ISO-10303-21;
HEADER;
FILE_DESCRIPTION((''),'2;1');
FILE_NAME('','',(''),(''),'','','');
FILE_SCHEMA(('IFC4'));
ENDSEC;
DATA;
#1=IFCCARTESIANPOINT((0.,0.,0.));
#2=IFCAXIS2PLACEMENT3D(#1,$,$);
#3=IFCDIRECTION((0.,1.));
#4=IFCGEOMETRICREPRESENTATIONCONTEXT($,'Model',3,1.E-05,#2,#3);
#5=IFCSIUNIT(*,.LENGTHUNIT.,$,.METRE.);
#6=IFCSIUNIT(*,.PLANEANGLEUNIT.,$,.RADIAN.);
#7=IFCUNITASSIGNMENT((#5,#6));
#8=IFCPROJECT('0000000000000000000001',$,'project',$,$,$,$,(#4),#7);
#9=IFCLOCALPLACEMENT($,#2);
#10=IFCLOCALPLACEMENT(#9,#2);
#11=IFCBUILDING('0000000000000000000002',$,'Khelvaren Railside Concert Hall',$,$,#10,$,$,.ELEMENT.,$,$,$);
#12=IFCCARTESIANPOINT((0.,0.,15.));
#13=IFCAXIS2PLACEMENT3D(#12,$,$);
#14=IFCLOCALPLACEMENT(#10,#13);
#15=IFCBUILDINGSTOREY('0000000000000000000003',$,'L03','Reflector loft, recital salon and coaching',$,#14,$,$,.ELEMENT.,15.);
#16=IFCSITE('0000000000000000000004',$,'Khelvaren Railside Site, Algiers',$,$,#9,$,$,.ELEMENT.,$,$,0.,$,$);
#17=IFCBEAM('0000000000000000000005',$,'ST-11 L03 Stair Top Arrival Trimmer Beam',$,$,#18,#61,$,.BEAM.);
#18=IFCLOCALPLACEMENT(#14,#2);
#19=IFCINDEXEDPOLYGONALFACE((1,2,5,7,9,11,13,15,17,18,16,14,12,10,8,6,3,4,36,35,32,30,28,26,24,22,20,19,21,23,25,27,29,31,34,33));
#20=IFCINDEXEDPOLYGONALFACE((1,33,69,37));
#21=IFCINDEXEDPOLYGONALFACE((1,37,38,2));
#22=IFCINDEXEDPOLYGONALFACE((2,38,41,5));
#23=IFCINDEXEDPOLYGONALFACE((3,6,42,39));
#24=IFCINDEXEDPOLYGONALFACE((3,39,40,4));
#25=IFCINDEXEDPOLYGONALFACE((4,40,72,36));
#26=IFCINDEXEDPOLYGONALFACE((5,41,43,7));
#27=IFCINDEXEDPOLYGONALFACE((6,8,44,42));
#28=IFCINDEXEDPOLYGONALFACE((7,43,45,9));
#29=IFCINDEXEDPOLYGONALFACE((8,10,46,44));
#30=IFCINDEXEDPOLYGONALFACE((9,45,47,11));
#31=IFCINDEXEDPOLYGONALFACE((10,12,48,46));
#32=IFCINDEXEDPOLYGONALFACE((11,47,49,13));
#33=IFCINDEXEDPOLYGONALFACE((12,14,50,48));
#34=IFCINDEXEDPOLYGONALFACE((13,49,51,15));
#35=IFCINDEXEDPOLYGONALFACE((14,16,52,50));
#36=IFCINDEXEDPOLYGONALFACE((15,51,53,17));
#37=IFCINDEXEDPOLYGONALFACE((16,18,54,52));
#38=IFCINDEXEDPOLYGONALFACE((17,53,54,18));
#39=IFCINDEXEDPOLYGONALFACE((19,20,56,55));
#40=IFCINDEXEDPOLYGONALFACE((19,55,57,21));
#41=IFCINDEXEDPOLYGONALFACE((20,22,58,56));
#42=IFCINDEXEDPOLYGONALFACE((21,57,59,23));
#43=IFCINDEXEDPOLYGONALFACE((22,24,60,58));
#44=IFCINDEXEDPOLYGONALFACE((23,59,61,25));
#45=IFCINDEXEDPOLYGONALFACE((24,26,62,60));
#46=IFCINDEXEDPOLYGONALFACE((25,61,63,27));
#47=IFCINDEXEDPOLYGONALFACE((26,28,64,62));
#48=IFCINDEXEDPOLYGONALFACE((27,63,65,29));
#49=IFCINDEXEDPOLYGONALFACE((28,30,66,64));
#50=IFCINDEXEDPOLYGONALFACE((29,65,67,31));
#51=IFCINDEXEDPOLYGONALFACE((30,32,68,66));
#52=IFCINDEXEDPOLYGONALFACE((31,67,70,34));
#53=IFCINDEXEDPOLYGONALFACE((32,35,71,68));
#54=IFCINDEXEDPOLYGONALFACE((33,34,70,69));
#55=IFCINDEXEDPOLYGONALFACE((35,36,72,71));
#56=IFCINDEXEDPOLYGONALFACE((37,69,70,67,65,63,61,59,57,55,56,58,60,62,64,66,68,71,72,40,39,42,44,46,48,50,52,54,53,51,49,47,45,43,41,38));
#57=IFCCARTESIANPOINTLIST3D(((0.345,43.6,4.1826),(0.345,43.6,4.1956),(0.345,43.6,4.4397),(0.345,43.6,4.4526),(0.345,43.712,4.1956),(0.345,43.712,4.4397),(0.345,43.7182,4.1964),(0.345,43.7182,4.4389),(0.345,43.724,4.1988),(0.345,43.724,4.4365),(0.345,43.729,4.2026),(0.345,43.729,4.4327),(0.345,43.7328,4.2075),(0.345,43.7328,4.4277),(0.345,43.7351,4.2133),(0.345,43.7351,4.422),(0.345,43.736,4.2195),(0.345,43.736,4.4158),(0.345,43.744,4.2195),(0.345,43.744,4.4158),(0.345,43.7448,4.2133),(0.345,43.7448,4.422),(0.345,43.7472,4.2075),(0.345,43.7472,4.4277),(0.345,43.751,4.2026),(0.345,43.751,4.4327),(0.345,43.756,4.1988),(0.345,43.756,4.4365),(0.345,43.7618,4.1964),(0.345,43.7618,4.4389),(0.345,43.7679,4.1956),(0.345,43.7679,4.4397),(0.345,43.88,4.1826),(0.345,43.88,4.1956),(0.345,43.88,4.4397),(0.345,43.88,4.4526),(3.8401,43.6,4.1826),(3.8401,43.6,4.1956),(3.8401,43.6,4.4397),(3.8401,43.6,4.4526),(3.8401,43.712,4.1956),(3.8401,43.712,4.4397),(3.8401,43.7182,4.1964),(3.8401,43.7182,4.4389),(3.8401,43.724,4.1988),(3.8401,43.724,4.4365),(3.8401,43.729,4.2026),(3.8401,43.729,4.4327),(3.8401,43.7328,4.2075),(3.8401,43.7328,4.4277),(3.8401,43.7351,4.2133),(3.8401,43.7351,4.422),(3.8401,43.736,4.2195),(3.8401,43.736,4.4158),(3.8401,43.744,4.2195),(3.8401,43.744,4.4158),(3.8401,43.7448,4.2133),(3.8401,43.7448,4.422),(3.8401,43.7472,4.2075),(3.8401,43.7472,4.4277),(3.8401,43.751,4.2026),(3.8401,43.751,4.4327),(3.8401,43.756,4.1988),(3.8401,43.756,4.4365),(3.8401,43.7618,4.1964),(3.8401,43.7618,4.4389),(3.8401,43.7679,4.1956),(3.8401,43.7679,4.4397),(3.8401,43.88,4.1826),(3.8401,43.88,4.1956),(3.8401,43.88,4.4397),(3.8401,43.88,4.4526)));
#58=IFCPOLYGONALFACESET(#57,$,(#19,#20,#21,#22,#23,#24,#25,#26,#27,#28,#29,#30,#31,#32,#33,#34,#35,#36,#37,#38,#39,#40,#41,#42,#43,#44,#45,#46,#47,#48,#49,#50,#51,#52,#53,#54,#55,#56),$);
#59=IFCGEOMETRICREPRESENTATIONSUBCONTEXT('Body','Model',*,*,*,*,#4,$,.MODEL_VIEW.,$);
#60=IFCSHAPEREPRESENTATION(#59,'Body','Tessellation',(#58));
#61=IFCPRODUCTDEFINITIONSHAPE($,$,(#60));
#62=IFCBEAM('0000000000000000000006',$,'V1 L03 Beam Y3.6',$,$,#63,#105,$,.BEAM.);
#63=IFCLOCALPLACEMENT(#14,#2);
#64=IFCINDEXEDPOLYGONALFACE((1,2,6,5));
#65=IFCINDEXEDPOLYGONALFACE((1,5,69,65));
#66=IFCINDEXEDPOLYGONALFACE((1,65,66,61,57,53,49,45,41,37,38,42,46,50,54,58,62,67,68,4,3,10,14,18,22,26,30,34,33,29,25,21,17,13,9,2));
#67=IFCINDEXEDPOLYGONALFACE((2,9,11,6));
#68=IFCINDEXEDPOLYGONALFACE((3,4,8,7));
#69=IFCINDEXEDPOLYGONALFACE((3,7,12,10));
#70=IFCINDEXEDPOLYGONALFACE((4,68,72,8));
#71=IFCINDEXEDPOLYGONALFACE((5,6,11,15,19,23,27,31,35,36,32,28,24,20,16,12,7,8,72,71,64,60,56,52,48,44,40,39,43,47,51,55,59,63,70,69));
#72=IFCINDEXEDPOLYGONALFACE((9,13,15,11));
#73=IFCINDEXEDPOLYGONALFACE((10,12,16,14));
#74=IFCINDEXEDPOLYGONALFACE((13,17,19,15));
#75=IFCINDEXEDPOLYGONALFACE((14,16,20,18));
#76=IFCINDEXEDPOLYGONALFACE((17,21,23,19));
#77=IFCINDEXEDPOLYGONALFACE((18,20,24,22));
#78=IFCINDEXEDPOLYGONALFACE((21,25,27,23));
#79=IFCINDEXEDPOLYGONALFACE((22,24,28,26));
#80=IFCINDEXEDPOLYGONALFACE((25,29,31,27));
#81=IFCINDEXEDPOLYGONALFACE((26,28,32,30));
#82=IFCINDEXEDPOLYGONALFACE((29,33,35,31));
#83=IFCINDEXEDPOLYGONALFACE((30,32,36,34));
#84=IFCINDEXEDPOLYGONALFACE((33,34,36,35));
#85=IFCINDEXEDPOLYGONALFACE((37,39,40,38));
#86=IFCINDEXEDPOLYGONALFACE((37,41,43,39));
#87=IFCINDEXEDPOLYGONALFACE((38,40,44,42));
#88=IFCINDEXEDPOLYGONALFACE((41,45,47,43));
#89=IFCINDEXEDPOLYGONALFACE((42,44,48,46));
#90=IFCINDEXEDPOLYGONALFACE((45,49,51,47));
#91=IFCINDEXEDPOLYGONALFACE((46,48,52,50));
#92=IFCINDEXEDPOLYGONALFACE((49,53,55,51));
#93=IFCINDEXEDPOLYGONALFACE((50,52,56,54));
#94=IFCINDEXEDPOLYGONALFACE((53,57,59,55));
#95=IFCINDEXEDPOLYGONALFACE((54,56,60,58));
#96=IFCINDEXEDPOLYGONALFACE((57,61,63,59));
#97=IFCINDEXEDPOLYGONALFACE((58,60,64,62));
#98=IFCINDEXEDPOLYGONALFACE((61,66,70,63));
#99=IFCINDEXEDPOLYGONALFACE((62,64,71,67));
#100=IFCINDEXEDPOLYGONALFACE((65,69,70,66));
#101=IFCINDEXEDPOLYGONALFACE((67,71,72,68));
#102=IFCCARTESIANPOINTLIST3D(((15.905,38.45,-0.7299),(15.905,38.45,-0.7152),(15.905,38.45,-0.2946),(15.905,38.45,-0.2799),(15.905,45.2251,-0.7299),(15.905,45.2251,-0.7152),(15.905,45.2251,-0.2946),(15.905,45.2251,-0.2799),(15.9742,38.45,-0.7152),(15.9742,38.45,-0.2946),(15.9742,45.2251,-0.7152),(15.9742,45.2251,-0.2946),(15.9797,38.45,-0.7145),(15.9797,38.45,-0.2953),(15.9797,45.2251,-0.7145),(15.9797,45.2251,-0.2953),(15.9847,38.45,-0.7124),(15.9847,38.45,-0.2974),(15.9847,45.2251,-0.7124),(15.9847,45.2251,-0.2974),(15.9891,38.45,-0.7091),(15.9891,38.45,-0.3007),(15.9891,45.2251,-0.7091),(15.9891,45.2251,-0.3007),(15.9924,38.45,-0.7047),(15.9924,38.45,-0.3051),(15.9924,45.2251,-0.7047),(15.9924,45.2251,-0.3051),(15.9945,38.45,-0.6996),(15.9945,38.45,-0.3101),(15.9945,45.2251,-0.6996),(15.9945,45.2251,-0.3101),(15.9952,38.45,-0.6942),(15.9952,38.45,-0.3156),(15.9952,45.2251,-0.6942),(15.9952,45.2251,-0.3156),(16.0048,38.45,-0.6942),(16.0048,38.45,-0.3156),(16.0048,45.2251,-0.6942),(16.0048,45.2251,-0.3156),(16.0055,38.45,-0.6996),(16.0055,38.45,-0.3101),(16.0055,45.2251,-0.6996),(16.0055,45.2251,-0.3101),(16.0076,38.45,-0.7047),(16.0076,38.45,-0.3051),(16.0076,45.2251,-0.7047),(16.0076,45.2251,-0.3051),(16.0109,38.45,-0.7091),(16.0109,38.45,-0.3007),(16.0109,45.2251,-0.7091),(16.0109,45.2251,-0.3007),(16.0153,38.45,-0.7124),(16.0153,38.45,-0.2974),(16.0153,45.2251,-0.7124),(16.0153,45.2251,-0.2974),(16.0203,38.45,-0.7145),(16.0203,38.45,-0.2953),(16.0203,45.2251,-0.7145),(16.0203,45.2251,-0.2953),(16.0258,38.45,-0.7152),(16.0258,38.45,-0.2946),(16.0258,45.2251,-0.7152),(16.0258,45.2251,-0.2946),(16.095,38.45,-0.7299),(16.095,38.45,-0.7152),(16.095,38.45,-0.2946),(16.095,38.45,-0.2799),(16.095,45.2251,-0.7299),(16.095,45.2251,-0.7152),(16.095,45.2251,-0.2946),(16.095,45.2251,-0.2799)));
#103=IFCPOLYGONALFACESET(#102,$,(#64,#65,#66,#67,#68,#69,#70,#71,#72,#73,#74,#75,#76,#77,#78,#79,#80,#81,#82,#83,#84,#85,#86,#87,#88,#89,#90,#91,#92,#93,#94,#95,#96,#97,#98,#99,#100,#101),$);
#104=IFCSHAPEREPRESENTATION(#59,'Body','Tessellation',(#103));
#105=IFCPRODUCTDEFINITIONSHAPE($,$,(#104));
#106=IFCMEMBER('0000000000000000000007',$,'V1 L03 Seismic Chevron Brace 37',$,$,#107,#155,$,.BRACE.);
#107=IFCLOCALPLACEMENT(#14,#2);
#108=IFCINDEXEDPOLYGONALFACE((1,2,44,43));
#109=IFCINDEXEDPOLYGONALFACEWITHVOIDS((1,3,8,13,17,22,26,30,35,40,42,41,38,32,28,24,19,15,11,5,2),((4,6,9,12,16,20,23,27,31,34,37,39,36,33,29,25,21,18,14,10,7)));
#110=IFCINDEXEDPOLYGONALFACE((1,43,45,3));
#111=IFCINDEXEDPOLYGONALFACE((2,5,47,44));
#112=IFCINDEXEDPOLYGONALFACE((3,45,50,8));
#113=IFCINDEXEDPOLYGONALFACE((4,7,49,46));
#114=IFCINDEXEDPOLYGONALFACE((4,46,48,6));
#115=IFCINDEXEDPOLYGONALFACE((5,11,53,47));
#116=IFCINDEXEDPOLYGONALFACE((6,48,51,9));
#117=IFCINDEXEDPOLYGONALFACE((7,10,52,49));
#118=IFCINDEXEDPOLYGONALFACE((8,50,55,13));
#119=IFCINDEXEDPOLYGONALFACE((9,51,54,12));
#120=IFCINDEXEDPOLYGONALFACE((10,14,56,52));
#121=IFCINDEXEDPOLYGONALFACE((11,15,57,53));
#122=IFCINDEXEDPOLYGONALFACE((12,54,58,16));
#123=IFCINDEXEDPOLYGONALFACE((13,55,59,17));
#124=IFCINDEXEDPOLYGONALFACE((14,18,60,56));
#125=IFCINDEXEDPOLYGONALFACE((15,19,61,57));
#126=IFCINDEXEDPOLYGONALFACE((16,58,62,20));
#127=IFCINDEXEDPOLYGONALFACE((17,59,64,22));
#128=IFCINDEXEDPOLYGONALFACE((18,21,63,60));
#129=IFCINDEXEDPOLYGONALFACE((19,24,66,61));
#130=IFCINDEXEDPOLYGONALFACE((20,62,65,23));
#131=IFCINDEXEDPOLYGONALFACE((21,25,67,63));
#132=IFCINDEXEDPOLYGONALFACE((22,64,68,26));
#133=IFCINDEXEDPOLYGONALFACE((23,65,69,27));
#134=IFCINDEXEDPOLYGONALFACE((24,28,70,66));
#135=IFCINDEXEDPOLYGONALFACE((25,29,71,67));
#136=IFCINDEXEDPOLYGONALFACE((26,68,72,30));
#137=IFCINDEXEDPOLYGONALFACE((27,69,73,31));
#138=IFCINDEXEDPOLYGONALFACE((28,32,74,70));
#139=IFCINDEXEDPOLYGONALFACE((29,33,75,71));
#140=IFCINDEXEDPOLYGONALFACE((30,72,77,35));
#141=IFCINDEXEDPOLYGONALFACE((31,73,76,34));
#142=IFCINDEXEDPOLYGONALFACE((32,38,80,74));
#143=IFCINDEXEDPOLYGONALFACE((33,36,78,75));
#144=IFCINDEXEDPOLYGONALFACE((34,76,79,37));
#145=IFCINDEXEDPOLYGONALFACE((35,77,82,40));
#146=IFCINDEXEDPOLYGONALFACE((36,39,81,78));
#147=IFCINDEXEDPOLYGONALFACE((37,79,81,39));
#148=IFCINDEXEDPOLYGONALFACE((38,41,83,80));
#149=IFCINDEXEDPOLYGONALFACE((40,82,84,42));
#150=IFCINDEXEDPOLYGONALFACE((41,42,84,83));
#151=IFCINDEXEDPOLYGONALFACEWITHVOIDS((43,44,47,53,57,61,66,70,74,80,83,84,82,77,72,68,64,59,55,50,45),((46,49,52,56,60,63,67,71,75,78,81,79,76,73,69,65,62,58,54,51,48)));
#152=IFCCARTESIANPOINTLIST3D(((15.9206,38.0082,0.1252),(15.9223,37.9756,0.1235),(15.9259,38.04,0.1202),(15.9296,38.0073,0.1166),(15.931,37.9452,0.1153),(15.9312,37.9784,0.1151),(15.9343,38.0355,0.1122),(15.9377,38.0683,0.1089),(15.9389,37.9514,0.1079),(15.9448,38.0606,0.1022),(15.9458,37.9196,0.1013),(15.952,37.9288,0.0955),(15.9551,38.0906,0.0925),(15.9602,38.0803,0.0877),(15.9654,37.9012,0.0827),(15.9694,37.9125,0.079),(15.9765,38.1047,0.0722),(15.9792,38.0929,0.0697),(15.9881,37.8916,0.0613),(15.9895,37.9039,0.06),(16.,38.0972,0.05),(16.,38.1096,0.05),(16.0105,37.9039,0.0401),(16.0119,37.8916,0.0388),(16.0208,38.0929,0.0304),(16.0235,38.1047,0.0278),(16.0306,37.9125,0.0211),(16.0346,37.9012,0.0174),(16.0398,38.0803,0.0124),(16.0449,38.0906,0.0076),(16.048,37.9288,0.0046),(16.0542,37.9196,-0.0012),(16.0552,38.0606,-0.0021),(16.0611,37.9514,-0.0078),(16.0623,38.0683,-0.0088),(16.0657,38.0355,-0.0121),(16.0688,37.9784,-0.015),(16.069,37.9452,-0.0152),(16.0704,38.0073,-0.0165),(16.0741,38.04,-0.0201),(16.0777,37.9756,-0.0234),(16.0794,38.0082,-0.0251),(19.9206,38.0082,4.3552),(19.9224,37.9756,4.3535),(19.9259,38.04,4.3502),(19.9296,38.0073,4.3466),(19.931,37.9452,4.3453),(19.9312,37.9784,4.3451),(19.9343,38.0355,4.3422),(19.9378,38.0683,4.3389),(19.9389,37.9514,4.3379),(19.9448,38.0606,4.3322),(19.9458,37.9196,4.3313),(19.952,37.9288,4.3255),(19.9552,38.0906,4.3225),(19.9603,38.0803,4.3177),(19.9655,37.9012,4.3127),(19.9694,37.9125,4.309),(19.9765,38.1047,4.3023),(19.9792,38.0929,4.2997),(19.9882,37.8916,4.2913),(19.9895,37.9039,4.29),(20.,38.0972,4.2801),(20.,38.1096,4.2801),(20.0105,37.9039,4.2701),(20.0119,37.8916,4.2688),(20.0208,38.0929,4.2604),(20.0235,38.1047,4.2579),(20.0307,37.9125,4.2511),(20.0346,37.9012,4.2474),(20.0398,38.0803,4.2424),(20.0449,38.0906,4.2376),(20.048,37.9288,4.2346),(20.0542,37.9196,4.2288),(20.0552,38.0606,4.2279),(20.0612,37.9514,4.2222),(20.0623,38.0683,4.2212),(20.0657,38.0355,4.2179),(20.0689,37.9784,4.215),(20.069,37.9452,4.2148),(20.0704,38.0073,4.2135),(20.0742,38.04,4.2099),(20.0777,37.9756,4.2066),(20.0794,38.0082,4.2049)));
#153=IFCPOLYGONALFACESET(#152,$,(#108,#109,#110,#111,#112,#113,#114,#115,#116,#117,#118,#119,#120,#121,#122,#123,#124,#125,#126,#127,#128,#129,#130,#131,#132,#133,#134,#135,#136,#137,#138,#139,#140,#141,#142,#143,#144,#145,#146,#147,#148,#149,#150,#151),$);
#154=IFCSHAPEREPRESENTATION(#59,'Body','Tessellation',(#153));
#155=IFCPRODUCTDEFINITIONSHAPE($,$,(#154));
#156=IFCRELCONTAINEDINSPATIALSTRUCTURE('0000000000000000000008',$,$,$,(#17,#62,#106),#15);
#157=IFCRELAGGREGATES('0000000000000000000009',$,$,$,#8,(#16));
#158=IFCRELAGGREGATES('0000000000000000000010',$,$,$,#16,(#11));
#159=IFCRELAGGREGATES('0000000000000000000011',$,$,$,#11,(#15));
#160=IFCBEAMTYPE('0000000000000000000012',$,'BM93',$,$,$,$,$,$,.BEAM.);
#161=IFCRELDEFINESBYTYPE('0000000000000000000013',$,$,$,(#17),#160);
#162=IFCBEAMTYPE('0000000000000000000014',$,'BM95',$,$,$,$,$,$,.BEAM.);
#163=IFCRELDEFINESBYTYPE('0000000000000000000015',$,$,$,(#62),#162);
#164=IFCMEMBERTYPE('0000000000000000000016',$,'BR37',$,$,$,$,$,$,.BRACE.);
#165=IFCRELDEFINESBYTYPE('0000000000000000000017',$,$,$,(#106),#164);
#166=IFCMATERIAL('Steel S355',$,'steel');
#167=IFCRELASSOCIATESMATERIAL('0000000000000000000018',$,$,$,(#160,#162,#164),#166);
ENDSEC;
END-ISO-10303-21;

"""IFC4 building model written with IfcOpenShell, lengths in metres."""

from ifc_helpers import new_model, si_unit, direction, frame, origin, origin_2d, place, context, subcontext, project, spatial, hollow_circle, i_section, extrude, material, material_profile, profile_set, type_object, element, save


model = new_model("IFC4")

# Units and contexts
model_context = context("Model", 3, precision=1e-05, world=origin(), true_north=direction((0.0, 1.0)))
body_context = subcontext(model_context, "Body", "Model", "MODEL_VIEW")
ifc_project = project(units=[si_unit("LENGTHUNIT", "METRE"), si_unit("PLANEANGLEUNIT", "RADIAN")], contexts=[model_context])

# Site, building, storey
site_placement = place(None, origin())
site = spatial("IfcSite", under=ifc_project, at=site_placement, Name="Khelvaren Railside Site, Algiers", CompositionType="ELEMENT", RefElevation=0.0)
building_placement = place(site_placement, origin())
building = spatial("IfcBuilding", under=site, at=building_placement, Name="Khelvaren Railside Concert Hall", CompositionType="ELEMENT")
storey_placement = place(building_placement, frame((0.0, 0.0, 15.0)))
storey = spatial("IfcBuildingStorey", under=building, at=storey_placement, Name="L03", Description="Reflector loft, recital salon and coaching", CompositionType="ELEMENT", Elevation=15.0)

# Beams
ifc_material_1 = material(Name="Steel S355", Category="steel")
ifc_material_profile_1 = material_profile(ifc_material_1, i_section(OverallWidth=0.28, OverallDepth=0.27, WebThickness=0.0081, FlangeThickness=0.0129, FilletRadius=0.0239, at=origin_2d()), Name="HEA 280")
ifc_profile_set_1 = profile_set([ifc_material_profile_1], Name="Steel S355")
beam_type_1 = type_object("IfcBeamType", Name="BM93", PredefinedType="BEAM", material=ifc_profile_set_1)
beam_1_placement = place(storey_placement, frame((0.345, 43.74, 4.3176), z_axis=(1.0, 0.0, 0.0), x_axis=(0.0, 1.0, 0.0)))
element("IfcBeam", 1, at=beam_1_placement, inside=storey, type_object=beam_type_1, Name="ST-11 L03 Stair Top Arrival Trimmer Beam", PredefinedType="BEAM", context=body_context, shape_type="SweptSolid", body=[
    extrude(i_section(OverallWidth=0.28, OverallDepth=0.27, WebThickness=0.0081, FlangeThickness=0.0129, FilletRadius=0.0239, at=origin_2d()), origin(), (0.0, 0.0, 1.0), 3.4951),
])
ifc_material_profile_2 = material_profile(ifc_material_1, i_section(OverallWidth=0.1899, OverallDepth=0.45, WebThickness=0.0095, FlangeThickness=0.0146, FilletRadius=0.021, at=origin_2d()), Name="IPE 450")
ifc_profile_set_2 = profile_set([ifc_material_profile_2], Name="Steel S355")
beam_type_2 = type_object("IfcBeamType", Name="BM95", PredefinedType="BEAM", material=ifc_profile_set_2)
beam_2_placement = place(storey_placement, frame((16.0, 38.45, -0.5049), z_axis=(0.0, 1.0, 0.0), x_axis=(-1.0, 0.0, 0.0)))
element("IfcBeam", 2, at=beam_2_placement, inside=storey, type_object=beam_type_2, Name="V1 L03 Beam Y3.6", PredefinedType="BEAM", context=body_context, shape_type="SweptSolid", body=[
    extrude(i_section(OverallWidth=0.1899, OverallDepth=0.45, WebThickness=0.0095, FlangeThickness=0.0146, FilletRadius=0.021, at=origin_2d()), origin(), (0.0, 0.0, 1.0), 6.7751),
])

# Member
ifc_material_profile_3 = material_profile(ifc_material_1, hollow_circle(Radius=0.1096, WallThickness=0.0125, at=origin_2d()), Name="CHS 219.1x12.5")
ifc_profile_set_3 = profile_set([ifc_material_profile_3], Name="Steel S355")
member_type = type_object("IfcMemberType", Name="BR37", PredefinedType="BRACE", material=ifc_profile_set_3)
member_placement = place(storey_placement, frame((16.0, 38.0, 0.05), z_axis=(0.687079, 0.0, 0.726583), x_axis=(0.0, 1.0, 0.0)))
element("IfcMember", 3, at=member_placement, inside=storey, type_object=member_type, Name="V1 L03 Seismic Chevron Brace 37", PredefinedType="BRACE", context=body_context, shape_type="SweptSolid", body=[
    extrude(hollow_circle(Radius=0.1096, WallThickness=0.0125, at=origin_2d()), origin(), (0.0, 0.0, 1.0), 5.8218),
])

save(model, "model.ifc")
